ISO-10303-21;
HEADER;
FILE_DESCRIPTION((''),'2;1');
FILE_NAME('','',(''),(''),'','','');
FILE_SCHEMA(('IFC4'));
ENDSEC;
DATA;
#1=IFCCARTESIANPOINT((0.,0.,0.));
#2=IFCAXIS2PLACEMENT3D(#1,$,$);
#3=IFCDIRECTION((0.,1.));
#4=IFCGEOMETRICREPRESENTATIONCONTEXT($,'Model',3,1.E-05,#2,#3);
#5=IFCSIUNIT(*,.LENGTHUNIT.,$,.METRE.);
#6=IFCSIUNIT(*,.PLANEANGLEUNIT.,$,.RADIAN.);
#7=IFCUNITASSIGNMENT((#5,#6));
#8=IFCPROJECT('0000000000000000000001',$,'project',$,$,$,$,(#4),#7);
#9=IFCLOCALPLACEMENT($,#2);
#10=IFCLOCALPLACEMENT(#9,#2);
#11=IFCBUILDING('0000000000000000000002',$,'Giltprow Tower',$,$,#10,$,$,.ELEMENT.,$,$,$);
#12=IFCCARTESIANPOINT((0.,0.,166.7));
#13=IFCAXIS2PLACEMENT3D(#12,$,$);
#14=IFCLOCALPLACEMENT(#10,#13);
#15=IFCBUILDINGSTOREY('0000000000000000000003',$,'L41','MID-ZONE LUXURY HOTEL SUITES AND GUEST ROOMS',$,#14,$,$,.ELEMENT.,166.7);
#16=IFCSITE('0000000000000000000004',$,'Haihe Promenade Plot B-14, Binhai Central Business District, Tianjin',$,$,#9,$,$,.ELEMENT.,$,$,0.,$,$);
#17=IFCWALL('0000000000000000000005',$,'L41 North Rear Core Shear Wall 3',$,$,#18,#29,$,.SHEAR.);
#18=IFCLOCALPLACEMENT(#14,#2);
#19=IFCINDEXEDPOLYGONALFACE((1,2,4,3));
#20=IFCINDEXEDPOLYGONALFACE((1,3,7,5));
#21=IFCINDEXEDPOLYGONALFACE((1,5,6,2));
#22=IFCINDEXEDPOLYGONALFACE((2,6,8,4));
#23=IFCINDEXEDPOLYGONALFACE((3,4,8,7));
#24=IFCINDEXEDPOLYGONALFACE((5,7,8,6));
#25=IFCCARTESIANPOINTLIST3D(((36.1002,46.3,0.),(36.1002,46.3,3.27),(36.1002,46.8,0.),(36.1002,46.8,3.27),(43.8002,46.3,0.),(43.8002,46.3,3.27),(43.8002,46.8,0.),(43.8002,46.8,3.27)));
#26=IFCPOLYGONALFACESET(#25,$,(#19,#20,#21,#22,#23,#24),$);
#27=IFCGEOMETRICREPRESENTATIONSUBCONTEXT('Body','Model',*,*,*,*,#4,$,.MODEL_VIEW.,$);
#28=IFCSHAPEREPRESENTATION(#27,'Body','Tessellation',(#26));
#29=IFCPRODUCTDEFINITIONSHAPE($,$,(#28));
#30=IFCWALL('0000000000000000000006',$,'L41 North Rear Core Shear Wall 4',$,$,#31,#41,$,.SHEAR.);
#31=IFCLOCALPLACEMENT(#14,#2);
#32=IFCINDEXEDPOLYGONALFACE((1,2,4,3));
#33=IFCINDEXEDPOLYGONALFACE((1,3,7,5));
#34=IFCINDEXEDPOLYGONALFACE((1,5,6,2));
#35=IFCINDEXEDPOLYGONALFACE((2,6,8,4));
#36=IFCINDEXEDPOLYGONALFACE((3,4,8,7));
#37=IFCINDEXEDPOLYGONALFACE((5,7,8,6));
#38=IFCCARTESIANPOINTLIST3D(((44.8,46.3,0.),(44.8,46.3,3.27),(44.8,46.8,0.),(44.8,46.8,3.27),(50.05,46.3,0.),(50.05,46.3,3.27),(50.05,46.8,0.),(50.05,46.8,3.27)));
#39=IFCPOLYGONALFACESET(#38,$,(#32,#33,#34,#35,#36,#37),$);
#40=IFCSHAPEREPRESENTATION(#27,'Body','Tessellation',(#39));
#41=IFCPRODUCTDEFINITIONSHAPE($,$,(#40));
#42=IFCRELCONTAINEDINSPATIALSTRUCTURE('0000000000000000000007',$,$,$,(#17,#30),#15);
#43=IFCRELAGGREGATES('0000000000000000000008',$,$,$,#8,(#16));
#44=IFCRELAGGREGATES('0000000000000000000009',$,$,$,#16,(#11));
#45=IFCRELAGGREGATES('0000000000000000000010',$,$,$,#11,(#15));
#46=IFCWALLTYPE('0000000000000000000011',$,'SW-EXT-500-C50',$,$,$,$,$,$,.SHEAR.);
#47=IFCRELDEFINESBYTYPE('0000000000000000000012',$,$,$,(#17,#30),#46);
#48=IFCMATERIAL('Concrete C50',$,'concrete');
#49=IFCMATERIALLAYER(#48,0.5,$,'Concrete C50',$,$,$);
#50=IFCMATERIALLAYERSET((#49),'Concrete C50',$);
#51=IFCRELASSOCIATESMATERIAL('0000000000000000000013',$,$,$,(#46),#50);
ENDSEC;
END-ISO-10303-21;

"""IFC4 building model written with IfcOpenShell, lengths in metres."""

from ifc_helpers import new_model, si_unit, direction, frame, frame_2d, origin, place, context, subcontext, project, spatial, rectangle, extrude, material, layer, layer_set, type_object, element, save


model = new_model("IFC4")

# Units and contexts
model_context = context("Model", 3, precision=1e-05, world=origin(), true_north=direction((0.0, 1.0)))
body_context = subcontext(model_context, "Body", "Model", "MODEL_VIEW")
ifc_project = project(units=[si_unit("LENGTHUNIT", "METRE"), si_unit("PLANEANGLEUNIT", "RADIAN")], contexts=[model_context])

# Site, building, storey
site_placement = place(None, origin())
site = spatial("IfcSite", under=ifc_project, at=site_placement, Name="Haihe Promenade Plot B-14, Binhai Central Business District, Tianjin", CompositionType="ELEMENT", RefElevation=0.0)
building_placement = place(site_placement, origin())
building = spatial("IfcBuilding", under=site, at=building_placement, Name="Giltprow Tower", CompositionType="ELEMENT")
storey_placement = place(building_placement, frame((0.0, 0.0, 166.7)))
storey = spatial("IfcBuildingStorey", under=building, at=storey_placement, Name="L41", Description="MID-ZONE LUXURY HOTEL SUITES AND GUEST ROOMS", CompositionType="ELEMENT", Elevation=166.7)

# Shared definitions
ifc_material_1 = material(Name="Concrete C50", Category="concrete")

# Walls
ifc_layer_1 = layer(ifc_material_1, 0.5, Name="Concrete C50")
ifc_layer_set_1 = layer_set([ifc_layer_1], Name="Concrete C50")
wall_type_1 = type_object("IfcWallType", Name="SW-EXT-500-C50", PredefinedType="SHEAR", material=ifc_layer_set_1)
wall_1_placement = place(storey_placement, frame((36.1001, 46.55, 0.0), z_axis=(0.0, 0.0, 1.0), x_axis=(1.0, 0.0, 0.0)))
element("IfcWall", 1, at=wall_1_placement, inside=storey, type_object=wall_type_1, Name="L41 North Rear Core Shear Wall 3", PredefinedType="SHEAR", context=body_context, shape_type="SweptSolid", body=[
    extrude(rectangle(XDim=7.7, YDim=0.5, at=frame_2d((3.8501, 0.0))), origin(), (0.0, 0.0, 1.0), 3.27),
])
wall_2_placement = place(storey_placement, frame((44.8, 46.55, 0.0), z_axis=(0.0, 0.0, 1.0), x_axis=(1.0, 0.0, 0.0)))
element("IfcWall", 2, at=wall_2_placement, inside=storey, type_object=wall_type_1, Name="L41 North Rear Core Shear Wall 4", PredefinedType="SHEAR", context=body_context, shape_type="SweptSolid", body=[
    extrude(rectangle(XDim=5.25, YDim=0.5, at=frame_2d((2.625, 0.0))), origin(), (0.0, 0.0, 1.0), 3.27),
])

save(model, "model.ifc")
